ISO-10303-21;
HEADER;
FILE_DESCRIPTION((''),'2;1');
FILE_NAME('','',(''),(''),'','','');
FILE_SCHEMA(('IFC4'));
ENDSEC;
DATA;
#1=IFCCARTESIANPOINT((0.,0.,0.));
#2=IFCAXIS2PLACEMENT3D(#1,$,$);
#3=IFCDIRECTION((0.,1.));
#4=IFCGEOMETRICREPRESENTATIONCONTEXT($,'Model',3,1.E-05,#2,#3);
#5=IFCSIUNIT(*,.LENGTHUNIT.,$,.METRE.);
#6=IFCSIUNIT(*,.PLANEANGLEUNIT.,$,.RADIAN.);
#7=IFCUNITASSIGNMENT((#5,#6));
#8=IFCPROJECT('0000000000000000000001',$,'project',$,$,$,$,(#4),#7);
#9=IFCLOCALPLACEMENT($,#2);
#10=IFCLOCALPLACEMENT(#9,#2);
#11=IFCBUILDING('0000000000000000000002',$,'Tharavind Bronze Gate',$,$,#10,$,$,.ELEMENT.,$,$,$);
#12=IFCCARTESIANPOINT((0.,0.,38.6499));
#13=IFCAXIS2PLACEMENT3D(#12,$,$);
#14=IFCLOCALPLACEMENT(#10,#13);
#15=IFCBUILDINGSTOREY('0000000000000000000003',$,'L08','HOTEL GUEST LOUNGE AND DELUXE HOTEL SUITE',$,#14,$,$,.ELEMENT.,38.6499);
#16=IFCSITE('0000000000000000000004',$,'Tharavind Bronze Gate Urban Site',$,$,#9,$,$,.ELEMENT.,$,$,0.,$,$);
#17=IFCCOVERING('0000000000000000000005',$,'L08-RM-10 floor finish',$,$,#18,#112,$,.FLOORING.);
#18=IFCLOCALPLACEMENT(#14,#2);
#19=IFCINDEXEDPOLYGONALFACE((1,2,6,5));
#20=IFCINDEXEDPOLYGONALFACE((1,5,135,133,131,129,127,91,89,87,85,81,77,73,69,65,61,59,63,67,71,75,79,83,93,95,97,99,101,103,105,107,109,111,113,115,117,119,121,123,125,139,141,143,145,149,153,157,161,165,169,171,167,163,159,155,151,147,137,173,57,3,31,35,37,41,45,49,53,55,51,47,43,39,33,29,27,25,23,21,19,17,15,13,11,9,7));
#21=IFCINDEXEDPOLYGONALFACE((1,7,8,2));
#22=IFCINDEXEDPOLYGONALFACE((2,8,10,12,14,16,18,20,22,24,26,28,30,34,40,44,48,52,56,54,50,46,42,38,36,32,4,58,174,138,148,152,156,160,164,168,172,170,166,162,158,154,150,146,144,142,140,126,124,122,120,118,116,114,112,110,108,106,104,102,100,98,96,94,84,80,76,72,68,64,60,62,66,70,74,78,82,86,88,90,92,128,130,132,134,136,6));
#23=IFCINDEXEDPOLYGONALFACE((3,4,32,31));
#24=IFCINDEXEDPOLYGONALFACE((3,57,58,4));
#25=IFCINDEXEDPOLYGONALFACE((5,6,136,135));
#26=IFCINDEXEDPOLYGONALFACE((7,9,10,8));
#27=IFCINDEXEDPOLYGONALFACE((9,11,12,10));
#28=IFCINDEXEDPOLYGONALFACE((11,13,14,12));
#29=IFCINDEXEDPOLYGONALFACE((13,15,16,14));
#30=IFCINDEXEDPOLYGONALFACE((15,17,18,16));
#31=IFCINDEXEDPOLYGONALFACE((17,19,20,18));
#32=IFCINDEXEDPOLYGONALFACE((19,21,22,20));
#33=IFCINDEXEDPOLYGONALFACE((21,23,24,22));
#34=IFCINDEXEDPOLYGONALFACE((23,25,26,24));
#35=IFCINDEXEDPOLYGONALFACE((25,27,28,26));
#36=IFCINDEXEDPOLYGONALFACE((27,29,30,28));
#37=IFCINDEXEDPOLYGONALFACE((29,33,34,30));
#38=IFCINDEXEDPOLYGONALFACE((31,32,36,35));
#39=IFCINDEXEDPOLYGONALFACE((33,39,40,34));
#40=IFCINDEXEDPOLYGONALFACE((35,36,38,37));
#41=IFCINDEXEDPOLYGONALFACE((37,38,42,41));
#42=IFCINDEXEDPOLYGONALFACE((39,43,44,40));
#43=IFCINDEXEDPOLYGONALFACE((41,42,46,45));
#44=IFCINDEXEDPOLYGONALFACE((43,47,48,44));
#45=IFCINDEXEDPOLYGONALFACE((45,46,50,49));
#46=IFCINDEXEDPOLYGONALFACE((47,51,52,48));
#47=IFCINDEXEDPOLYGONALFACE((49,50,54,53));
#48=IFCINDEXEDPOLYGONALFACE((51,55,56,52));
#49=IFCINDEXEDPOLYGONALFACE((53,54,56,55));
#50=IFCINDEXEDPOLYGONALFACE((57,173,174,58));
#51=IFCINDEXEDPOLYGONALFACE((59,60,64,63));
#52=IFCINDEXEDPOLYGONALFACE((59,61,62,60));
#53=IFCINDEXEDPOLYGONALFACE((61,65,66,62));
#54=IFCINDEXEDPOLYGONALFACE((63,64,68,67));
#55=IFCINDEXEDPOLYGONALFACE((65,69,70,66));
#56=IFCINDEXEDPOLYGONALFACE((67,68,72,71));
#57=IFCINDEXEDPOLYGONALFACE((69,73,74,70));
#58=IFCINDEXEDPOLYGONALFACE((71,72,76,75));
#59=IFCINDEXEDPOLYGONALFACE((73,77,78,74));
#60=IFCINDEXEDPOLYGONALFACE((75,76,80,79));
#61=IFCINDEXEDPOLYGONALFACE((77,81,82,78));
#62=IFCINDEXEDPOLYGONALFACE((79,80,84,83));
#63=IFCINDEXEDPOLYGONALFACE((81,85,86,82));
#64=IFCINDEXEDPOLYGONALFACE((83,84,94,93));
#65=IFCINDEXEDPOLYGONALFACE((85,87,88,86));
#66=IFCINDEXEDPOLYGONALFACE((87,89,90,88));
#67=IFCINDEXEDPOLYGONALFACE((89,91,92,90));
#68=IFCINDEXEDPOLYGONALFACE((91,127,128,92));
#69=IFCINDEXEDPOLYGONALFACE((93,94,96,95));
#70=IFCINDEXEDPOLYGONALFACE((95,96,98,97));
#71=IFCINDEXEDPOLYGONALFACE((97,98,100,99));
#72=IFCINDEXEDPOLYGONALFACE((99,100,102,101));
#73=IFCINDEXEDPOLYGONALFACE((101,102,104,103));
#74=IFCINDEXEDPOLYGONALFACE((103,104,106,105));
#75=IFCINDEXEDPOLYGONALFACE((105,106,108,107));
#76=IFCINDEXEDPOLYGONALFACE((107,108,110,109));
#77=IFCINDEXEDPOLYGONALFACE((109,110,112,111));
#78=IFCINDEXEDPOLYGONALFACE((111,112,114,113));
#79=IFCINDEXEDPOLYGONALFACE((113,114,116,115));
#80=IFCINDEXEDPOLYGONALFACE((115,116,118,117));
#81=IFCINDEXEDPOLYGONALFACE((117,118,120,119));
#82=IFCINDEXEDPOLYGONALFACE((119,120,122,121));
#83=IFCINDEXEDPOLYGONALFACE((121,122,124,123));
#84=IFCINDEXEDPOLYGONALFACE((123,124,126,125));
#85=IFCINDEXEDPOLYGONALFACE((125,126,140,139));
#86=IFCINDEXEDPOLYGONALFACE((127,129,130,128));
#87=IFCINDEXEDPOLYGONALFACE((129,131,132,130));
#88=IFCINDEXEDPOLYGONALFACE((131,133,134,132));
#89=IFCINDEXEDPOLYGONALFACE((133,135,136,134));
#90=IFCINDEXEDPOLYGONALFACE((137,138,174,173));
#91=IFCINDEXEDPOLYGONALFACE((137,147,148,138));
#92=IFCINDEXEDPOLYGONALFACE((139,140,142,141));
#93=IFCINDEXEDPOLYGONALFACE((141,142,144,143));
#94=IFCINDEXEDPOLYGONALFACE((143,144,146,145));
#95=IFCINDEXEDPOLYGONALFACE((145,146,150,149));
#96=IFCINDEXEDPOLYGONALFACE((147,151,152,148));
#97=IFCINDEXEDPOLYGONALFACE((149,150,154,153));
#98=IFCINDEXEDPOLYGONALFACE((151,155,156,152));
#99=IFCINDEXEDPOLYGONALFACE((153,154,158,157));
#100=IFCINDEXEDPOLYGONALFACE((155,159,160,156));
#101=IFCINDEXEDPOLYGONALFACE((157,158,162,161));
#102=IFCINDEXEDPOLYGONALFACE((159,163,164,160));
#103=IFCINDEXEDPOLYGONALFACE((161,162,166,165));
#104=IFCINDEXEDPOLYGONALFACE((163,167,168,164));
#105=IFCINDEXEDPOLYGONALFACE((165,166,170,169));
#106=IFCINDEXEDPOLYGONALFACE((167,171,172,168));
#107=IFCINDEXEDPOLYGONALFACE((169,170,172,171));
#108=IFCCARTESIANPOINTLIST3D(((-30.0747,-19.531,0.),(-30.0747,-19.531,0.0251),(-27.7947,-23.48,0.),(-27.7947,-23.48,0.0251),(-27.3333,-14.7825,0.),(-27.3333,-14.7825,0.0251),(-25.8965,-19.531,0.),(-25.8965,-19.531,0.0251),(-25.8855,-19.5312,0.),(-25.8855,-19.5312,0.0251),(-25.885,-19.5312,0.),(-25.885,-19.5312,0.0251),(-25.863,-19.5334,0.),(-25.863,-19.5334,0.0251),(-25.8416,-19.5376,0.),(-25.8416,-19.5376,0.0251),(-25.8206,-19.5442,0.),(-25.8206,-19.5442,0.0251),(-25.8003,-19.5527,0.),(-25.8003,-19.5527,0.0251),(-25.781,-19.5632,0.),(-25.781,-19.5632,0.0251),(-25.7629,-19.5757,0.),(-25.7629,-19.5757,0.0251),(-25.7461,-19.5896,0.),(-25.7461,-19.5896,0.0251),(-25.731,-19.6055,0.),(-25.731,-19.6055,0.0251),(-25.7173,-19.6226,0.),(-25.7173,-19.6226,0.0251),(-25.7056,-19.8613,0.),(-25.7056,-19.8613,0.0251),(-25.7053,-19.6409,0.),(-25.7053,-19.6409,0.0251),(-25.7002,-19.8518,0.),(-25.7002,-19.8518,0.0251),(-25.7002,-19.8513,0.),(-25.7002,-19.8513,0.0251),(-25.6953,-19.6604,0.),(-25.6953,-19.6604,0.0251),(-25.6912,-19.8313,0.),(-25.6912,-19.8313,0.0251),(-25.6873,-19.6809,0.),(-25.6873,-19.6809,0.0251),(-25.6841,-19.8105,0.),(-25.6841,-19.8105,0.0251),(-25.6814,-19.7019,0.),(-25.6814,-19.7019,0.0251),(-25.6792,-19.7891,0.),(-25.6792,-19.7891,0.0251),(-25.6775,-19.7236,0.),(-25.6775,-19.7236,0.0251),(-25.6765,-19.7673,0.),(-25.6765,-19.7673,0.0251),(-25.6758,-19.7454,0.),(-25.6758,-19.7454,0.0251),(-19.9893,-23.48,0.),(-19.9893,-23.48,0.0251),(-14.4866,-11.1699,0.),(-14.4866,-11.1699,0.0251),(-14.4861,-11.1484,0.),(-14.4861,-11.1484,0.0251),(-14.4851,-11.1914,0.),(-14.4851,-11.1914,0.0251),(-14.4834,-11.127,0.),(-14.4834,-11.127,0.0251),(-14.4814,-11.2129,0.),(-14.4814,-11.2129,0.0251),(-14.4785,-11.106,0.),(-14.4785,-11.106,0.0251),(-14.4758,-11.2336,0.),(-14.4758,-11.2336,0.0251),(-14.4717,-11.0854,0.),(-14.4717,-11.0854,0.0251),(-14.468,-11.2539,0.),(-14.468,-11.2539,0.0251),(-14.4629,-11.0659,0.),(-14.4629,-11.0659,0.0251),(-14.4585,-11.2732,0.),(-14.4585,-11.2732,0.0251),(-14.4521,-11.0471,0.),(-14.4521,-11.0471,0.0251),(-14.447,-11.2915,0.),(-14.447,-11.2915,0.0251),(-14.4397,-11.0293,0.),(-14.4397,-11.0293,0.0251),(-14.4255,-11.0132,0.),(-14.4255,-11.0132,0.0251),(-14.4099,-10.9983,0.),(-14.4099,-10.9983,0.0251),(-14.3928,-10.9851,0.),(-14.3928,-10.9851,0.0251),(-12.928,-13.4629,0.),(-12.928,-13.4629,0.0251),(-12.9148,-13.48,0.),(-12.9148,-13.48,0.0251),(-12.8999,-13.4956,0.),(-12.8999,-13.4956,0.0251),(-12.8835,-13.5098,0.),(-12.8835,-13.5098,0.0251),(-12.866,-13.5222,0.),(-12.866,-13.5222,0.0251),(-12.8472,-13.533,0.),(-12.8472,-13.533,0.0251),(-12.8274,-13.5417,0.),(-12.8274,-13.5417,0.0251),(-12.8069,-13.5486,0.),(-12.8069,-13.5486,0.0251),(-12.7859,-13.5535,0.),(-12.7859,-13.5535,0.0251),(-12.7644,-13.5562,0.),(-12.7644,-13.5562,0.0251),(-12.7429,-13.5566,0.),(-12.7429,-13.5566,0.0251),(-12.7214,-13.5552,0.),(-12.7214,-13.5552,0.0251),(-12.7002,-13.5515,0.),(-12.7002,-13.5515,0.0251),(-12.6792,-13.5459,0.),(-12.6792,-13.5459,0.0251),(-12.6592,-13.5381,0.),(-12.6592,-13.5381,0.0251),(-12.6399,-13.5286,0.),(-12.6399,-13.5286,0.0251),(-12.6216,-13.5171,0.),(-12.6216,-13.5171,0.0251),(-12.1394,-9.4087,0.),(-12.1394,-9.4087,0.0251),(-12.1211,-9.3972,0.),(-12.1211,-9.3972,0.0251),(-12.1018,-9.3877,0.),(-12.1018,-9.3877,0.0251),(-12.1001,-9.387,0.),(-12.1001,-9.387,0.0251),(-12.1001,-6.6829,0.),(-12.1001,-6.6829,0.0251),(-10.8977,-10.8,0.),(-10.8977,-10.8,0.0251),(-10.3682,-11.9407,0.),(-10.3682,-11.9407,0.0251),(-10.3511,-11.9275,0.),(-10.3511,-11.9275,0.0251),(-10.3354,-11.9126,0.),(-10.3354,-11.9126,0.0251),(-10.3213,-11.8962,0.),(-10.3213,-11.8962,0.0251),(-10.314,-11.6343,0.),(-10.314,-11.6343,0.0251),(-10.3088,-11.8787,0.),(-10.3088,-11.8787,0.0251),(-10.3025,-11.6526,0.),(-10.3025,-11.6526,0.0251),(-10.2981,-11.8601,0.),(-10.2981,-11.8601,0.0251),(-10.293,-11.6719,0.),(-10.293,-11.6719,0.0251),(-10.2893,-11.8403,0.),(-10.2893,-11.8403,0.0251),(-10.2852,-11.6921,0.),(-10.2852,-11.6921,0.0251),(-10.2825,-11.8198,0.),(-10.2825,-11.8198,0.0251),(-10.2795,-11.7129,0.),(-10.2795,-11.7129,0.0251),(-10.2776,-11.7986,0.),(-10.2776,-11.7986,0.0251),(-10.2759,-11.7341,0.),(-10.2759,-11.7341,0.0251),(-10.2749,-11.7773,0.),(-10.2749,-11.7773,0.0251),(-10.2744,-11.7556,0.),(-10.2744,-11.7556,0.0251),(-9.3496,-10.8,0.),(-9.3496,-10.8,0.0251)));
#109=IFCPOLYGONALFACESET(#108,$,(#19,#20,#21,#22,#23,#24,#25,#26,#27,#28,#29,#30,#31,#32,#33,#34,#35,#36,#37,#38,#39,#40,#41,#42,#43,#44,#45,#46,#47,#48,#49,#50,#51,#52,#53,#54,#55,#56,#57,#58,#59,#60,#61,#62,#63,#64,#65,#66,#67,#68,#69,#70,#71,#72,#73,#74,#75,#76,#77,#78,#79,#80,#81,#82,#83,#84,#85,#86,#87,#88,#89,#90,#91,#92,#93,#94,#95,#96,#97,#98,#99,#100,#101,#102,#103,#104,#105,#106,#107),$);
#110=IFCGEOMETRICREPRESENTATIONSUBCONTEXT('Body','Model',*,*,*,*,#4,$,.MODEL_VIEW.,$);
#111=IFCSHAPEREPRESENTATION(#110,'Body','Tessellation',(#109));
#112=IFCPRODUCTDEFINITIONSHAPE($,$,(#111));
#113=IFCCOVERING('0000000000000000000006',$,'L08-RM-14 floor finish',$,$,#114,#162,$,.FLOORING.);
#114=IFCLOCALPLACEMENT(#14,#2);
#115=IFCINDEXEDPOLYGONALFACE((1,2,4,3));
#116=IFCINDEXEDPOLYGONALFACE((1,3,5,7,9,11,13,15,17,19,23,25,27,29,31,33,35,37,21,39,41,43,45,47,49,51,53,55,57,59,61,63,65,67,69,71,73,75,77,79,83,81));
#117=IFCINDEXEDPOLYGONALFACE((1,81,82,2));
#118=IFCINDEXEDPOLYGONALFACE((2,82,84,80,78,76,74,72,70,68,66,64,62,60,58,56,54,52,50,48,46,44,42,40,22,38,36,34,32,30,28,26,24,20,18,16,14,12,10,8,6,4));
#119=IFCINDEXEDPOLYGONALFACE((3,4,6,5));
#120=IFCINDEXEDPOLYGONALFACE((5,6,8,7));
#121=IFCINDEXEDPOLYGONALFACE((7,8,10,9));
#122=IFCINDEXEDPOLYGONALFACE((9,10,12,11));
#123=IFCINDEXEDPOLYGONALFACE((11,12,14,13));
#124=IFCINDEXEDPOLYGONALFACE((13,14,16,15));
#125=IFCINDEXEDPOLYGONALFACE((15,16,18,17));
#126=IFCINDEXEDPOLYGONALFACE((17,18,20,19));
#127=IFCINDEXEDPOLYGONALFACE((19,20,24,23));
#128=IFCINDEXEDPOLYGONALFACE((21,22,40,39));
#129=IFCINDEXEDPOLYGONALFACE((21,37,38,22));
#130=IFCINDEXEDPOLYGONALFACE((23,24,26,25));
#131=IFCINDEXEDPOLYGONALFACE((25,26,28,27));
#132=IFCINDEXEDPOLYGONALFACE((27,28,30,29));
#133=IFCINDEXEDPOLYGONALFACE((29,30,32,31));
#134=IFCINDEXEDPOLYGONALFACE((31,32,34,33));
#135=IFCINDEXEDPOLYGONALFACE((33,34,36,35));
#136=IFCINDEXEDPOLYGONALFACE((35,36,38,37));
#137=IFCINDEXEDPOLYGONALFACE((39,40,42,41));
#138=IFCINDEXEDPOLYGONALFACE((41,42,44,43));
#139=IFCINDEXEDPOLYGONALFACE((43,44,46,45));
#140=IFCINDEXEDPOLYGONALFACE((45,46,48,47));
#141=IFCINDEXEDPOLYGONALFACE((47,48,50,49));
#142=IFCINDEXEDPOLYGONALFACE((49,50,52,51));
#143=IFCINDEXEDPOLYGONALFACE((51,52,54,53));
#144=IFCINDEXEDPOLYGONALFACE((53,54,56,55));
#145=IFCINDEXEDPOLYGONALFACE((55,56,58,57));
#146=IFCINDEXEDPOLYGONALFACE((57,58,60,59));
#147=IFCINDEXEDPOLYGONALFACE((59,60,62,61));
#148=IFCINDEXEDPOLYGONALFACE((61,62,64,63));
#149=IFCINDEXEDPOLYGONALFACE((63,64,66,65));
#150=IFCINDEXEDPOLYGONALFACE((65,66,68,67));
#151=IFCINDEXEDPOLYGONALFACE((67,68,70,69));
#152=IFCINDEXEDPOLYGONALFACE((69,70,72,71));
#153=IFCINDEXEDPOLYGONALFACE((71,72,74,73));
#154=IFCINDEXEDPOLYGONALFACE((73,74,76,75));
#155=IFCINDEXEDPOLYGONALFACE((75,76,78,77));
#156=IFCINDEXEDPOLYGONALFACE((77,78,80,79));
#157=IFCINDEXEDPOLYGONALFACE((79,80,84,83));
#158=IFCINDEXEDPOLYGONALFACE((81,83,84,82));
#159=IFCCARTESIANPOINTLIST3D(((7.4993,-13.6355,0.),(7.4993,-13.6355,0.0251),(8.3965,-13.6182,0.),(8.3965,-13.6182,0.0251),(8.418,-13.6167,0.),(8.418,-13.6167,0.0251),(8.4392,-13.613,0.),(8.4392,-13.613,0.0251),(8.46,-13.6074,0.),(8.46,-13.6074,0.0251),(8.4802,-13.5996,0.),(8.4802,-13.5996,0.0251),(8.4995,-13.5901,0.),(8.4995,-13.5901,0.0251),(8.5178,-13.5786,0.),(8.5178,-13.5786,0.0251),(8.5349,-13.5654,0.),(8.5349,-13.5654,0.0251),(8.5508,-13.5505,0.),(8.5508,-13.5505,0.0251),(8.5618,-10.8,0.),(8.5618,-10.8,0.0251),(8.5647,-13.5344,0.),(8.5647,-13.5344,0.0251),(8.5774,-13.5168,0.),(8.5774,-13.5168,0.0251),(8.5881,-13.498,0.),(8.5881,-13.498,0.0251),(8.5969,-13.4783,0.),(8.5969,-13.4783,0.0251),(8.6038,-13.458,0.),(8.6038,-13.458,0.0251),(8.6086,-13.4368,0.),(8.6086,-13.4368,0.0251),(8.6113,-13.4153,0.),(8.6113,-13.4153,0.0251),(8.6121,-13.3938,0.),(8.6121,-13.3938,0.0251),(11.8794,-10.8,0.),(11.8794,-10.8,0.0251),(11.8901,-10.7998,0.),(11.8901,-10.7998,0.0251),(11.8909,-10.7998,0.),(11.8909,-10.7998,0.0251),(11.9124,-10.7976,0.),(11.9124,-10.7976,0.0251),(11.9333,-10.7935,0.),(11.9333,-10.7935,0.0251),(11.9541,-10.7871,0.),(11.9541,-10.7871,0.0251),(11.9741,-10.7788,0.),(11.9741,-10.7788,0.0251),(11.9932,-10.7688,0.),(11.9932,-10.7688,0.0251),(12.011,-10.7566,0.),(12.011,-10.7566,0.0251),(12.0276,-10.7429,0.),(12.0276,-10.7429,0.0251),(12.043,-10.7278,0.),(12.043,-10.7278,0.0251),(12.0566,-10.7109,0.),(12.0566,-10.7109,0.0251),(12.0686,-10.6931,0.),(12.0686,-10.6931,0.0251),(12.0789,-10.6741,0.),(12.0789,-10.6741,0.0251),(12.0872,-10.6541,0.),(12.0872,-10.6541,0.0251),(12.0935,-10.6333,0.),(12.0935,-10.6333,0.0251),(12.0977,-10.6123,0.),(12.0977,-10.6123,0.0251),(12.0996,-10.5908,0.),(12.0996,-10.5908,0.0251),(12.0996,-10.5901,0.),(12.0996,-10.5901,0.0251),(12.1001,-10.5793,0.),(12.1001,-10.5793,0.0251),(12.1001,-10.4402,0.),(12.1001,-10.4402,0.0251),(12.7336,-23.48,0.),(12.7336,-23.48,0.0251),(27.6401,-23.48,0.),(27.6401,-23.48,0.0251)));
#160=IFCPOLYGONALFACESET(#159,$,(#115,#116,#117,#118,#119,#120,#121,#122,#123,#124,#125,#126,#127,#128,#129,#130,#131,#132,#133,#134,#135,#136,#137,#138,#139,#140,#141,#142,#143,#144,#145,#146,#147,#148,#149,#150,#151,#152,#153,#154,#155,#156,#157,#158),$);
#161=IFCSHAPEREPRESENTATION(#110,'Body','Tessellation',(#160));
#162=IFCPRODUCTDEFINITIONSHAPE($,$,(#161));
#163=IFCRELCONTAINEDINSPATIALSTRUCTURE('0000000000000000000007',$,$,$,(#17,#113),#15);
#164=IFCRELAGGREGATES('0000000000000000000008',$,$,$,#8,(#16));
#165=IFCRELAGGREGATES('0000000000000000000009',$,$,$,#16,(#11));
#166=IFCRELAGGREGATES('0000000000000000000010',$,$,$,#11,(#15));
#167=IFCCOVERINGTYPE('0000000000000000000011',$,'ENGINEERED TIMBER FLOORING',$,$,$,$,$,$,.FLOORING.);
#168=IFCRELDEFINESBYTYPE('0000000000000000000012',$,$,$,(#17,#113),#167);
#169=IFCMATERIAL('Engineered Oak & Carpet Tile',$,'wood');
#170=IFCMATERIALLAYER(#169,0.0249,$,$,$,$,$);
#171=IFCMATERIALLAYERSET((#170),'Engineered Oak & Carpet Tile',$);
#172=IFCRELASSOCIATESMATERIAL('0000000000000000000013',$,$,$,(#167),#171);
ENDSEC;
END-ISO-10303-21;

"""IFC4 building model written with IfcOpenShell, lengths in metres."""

from ifc_helpers import new_model, si_unit, direction, frame, origin, place, context, subcontext, project, spatial, polyline, outline, extrude, material, layer, layer_set, type_object, element, save


model = new_model("IFC4")

# Units and contexts
model_context = context("Model", 3, precision=1e-05, world=origin(), true_north=direction((0.0, 1.0)))
body_context = subcontext(model_context, "Body", "Model", "MODEL_VIEW")
ifc_project = project(units=[si_unit("LENGTHUNIT", "METRE"), si_unit("PLANEANGLEUNIT", "RADIAN")], contexts=[model_context])

# Site, building, storey
site_placement = place(None, origin())
site = spatial("IfcSite", under=ifc_project, at=site_placement, Name="Tharavind Bronze Gate Urban Site", CompositionType="ELEMENT", RefElevation=0.0)
building_placement = place(site_placement, origin())
building = spatial("IfcBuilding", under=site, at=building_placement, Name="Tharavind Bronze Gate", CompositionType="ELEMENT")
storey_placement = place(building_placement, frame((0.0, 0.0, 38.6499)))
storey = spatial("IfcBuildingStorey", under=building, at=storey_placement, Name="L08", Description="HOTEL GUEST LOUNGE AND DELUXE HOTEL SUITE", CompositionType="ELEMENT", Elevation=38.6499)

# Coverings
ifc_material_1 = material(Name="Engineered Oak & Carpet Tile", Category="wood")
ifc_layer_1 = layer(ifc_material_1, 0.0249)
ifc_layer_set_1 = layer_set([ifc_layer_1], Name="Engineered Oak & Carpet Tile")
covering_type_1 = type_object("IfcCoveringType", Name="ENGINEERED TIMBER FLOORING", PredefinedType="FLOORING", material=ifc_layer_set_1)
covering_1_placement = place(storey_placement, origin())
element("IfcCovering", 1, at=covering_1_placement, inside=storey, type_object=covering_type_1, Name="L08-RM-10 floor finish", PredefinedType="FLOORING", context=body_context, shape_type="SweptSolid", body=[
    extrude(outline(polyline([(-25.8965, -19.531), (-25.8855, -19.5312), (-25.885, -19.5312), (-25.863, -19.5334), (-25.8416, -19.5376), (-25.8206, -19.5442), (-25.8003, -19.5527), (-25.781, -19.5632), (-25.7629, -19.5757), (-25.7461, -19.5896), (-25.731, -19.6055), (-25.7173, -19.6226), (-25.7053, -19.6409), (-25.6953, -19.6604), (-25.6873, -19.6809), (-25.6814, -19.7019), (-25.6775, -19.7236), (-25.6758, -19.7454), (-25.6765, -19.7673), (-25.6792, -19.7891), (-25.6841, -19.8105), (-25.6912, -19.8313), (-25.7002, -19.8513), (-25.7002, -19.8518), (-25.7056, -19.8613), (-27.7947, -23.48), (-19.9893, -23.48), (-9.3496, -10.8), (-10.8977, -10.8), (-10.314, -11.6343), (-10.3025, -11.6526), (-10.293, -11.6719), (-10.2852, -11.6921), (-10.2795, -11.7129), (-10.2759, -11.7341), (-10.2744, -11.7556), (-10.2749, -11.7773), (-10.2776, -11.7986), (-10.2825, -11.8198), (-10.2893, -11.8403), (-10.2981, -11.8601), (-10.3088, -11.8787), (-10.3213, -11.8962), (-10.3354, -11.9126), (-10.3511, -11.9275), (-10.3682, -11.9407), (-12.6216, -13.5171), (-12.6399, -13.5286), (-12.6592, -13.5381), (-12.6792, -13.5459), (-12.7002, -13.5515), (-12.7214, -13.5552), (-12.7429, -13.5566), (-12.7644, -13.5562), (-12.7859, -13.5535), (-12.8069, -13.5486), (-12.8274, -13.5417), (-12.8472, -13.533), (-12.866, -13.5222), (-12.8835, -13.5098), (-12.8999, -13.4956), (-12.9148, -13.48), (-12.928, -13.4629), (-14.447, -11.2915), (-14.4585, -11.2732), (-14.468, -11.2539), (-14.4758, -11.2336), (-14.4814, -11.2129), (-14.4851, -11.1914), (-14.4866, -11.1699), (-14.4861, -11.1484), (-14.4834, -11.127), (-14.4785, -11.106), (-14.4717, -11.0854), (-14.4629, -11.0659), (-14.4521, -11.0471), (-14.4397, -11.0293), (-14.4255, -11.0132), (-14.4099, -10.9983), (-14.3928, -10.9851), (-12.1394, -9.4087), (-12.1211, -9.3972), (-12.1018, -9.3877), (-12.1001, -9.387), (-12.1001, -6.6829), (-27.3333, -14.7825), (-30.0747, -19.531), (-25.8965, -19.531)])), origin(), (0.0, 0.0, 1.0), 0.0251),
])
covering_2_placement = place(storey_placement, origin())
element("IfcCovering", 2, at=covering_2_placement, inside=storey, type_object=covering_type_1, Name="L08-RM-14 floor finish", PredefinedType="FLOORING", context=body_context, shape_type="SweptSolid", body=[
    extrude(outline(polyline([(8.6121, -13.3938), (8.6113, -13.4153), (8.6086, -13.4368), (8.6038, -13.458), (8.5969, -13.4783), (8.5881, -13.498), (8.5774, -13.5168), (8.5647, -13.5344), (8.5508, -13.5505), (8.5349, -13.5654), (8.5178, -13.5786), (8.4995, -13.5901), (8.4802, -13.5996), (8.46, -13.6074), (8.4392, -13.613), (8.418, -13.6167), (8.3965, -13.6182), (7.4993, -13.6355), (12.7336, -23.48), (27.6401, -23.48), (12.1001, -10.4402), (12.1001, -10.5793), (12.0996, -10.5901), (12.0996, -10.5908), (12.0977, -10.6123), (12.0935, -10.6333), (12.0872, -10.6541), (12.0789, -10.6741), (12.0686, -10.6931), (12.0566, -10.7109), (12.043, -10.7278), (12.0276, -10.7429), (12.011, -10.7566), (11.9932, -10.7688), (11.9741, -10.7788), (11.9541, -10.7871), (11.9333, -10.7935), (11.9124, -10.7976), (11.8909, -10.7998), (11.8901, -10.7998), (11.8794, -10.8), (8.5618, -10.8), (8.6121, -13.3938)])), origin(), (0.0, 0.0, 1.0), 0.0251),
])

save(model, "model.ifc")
